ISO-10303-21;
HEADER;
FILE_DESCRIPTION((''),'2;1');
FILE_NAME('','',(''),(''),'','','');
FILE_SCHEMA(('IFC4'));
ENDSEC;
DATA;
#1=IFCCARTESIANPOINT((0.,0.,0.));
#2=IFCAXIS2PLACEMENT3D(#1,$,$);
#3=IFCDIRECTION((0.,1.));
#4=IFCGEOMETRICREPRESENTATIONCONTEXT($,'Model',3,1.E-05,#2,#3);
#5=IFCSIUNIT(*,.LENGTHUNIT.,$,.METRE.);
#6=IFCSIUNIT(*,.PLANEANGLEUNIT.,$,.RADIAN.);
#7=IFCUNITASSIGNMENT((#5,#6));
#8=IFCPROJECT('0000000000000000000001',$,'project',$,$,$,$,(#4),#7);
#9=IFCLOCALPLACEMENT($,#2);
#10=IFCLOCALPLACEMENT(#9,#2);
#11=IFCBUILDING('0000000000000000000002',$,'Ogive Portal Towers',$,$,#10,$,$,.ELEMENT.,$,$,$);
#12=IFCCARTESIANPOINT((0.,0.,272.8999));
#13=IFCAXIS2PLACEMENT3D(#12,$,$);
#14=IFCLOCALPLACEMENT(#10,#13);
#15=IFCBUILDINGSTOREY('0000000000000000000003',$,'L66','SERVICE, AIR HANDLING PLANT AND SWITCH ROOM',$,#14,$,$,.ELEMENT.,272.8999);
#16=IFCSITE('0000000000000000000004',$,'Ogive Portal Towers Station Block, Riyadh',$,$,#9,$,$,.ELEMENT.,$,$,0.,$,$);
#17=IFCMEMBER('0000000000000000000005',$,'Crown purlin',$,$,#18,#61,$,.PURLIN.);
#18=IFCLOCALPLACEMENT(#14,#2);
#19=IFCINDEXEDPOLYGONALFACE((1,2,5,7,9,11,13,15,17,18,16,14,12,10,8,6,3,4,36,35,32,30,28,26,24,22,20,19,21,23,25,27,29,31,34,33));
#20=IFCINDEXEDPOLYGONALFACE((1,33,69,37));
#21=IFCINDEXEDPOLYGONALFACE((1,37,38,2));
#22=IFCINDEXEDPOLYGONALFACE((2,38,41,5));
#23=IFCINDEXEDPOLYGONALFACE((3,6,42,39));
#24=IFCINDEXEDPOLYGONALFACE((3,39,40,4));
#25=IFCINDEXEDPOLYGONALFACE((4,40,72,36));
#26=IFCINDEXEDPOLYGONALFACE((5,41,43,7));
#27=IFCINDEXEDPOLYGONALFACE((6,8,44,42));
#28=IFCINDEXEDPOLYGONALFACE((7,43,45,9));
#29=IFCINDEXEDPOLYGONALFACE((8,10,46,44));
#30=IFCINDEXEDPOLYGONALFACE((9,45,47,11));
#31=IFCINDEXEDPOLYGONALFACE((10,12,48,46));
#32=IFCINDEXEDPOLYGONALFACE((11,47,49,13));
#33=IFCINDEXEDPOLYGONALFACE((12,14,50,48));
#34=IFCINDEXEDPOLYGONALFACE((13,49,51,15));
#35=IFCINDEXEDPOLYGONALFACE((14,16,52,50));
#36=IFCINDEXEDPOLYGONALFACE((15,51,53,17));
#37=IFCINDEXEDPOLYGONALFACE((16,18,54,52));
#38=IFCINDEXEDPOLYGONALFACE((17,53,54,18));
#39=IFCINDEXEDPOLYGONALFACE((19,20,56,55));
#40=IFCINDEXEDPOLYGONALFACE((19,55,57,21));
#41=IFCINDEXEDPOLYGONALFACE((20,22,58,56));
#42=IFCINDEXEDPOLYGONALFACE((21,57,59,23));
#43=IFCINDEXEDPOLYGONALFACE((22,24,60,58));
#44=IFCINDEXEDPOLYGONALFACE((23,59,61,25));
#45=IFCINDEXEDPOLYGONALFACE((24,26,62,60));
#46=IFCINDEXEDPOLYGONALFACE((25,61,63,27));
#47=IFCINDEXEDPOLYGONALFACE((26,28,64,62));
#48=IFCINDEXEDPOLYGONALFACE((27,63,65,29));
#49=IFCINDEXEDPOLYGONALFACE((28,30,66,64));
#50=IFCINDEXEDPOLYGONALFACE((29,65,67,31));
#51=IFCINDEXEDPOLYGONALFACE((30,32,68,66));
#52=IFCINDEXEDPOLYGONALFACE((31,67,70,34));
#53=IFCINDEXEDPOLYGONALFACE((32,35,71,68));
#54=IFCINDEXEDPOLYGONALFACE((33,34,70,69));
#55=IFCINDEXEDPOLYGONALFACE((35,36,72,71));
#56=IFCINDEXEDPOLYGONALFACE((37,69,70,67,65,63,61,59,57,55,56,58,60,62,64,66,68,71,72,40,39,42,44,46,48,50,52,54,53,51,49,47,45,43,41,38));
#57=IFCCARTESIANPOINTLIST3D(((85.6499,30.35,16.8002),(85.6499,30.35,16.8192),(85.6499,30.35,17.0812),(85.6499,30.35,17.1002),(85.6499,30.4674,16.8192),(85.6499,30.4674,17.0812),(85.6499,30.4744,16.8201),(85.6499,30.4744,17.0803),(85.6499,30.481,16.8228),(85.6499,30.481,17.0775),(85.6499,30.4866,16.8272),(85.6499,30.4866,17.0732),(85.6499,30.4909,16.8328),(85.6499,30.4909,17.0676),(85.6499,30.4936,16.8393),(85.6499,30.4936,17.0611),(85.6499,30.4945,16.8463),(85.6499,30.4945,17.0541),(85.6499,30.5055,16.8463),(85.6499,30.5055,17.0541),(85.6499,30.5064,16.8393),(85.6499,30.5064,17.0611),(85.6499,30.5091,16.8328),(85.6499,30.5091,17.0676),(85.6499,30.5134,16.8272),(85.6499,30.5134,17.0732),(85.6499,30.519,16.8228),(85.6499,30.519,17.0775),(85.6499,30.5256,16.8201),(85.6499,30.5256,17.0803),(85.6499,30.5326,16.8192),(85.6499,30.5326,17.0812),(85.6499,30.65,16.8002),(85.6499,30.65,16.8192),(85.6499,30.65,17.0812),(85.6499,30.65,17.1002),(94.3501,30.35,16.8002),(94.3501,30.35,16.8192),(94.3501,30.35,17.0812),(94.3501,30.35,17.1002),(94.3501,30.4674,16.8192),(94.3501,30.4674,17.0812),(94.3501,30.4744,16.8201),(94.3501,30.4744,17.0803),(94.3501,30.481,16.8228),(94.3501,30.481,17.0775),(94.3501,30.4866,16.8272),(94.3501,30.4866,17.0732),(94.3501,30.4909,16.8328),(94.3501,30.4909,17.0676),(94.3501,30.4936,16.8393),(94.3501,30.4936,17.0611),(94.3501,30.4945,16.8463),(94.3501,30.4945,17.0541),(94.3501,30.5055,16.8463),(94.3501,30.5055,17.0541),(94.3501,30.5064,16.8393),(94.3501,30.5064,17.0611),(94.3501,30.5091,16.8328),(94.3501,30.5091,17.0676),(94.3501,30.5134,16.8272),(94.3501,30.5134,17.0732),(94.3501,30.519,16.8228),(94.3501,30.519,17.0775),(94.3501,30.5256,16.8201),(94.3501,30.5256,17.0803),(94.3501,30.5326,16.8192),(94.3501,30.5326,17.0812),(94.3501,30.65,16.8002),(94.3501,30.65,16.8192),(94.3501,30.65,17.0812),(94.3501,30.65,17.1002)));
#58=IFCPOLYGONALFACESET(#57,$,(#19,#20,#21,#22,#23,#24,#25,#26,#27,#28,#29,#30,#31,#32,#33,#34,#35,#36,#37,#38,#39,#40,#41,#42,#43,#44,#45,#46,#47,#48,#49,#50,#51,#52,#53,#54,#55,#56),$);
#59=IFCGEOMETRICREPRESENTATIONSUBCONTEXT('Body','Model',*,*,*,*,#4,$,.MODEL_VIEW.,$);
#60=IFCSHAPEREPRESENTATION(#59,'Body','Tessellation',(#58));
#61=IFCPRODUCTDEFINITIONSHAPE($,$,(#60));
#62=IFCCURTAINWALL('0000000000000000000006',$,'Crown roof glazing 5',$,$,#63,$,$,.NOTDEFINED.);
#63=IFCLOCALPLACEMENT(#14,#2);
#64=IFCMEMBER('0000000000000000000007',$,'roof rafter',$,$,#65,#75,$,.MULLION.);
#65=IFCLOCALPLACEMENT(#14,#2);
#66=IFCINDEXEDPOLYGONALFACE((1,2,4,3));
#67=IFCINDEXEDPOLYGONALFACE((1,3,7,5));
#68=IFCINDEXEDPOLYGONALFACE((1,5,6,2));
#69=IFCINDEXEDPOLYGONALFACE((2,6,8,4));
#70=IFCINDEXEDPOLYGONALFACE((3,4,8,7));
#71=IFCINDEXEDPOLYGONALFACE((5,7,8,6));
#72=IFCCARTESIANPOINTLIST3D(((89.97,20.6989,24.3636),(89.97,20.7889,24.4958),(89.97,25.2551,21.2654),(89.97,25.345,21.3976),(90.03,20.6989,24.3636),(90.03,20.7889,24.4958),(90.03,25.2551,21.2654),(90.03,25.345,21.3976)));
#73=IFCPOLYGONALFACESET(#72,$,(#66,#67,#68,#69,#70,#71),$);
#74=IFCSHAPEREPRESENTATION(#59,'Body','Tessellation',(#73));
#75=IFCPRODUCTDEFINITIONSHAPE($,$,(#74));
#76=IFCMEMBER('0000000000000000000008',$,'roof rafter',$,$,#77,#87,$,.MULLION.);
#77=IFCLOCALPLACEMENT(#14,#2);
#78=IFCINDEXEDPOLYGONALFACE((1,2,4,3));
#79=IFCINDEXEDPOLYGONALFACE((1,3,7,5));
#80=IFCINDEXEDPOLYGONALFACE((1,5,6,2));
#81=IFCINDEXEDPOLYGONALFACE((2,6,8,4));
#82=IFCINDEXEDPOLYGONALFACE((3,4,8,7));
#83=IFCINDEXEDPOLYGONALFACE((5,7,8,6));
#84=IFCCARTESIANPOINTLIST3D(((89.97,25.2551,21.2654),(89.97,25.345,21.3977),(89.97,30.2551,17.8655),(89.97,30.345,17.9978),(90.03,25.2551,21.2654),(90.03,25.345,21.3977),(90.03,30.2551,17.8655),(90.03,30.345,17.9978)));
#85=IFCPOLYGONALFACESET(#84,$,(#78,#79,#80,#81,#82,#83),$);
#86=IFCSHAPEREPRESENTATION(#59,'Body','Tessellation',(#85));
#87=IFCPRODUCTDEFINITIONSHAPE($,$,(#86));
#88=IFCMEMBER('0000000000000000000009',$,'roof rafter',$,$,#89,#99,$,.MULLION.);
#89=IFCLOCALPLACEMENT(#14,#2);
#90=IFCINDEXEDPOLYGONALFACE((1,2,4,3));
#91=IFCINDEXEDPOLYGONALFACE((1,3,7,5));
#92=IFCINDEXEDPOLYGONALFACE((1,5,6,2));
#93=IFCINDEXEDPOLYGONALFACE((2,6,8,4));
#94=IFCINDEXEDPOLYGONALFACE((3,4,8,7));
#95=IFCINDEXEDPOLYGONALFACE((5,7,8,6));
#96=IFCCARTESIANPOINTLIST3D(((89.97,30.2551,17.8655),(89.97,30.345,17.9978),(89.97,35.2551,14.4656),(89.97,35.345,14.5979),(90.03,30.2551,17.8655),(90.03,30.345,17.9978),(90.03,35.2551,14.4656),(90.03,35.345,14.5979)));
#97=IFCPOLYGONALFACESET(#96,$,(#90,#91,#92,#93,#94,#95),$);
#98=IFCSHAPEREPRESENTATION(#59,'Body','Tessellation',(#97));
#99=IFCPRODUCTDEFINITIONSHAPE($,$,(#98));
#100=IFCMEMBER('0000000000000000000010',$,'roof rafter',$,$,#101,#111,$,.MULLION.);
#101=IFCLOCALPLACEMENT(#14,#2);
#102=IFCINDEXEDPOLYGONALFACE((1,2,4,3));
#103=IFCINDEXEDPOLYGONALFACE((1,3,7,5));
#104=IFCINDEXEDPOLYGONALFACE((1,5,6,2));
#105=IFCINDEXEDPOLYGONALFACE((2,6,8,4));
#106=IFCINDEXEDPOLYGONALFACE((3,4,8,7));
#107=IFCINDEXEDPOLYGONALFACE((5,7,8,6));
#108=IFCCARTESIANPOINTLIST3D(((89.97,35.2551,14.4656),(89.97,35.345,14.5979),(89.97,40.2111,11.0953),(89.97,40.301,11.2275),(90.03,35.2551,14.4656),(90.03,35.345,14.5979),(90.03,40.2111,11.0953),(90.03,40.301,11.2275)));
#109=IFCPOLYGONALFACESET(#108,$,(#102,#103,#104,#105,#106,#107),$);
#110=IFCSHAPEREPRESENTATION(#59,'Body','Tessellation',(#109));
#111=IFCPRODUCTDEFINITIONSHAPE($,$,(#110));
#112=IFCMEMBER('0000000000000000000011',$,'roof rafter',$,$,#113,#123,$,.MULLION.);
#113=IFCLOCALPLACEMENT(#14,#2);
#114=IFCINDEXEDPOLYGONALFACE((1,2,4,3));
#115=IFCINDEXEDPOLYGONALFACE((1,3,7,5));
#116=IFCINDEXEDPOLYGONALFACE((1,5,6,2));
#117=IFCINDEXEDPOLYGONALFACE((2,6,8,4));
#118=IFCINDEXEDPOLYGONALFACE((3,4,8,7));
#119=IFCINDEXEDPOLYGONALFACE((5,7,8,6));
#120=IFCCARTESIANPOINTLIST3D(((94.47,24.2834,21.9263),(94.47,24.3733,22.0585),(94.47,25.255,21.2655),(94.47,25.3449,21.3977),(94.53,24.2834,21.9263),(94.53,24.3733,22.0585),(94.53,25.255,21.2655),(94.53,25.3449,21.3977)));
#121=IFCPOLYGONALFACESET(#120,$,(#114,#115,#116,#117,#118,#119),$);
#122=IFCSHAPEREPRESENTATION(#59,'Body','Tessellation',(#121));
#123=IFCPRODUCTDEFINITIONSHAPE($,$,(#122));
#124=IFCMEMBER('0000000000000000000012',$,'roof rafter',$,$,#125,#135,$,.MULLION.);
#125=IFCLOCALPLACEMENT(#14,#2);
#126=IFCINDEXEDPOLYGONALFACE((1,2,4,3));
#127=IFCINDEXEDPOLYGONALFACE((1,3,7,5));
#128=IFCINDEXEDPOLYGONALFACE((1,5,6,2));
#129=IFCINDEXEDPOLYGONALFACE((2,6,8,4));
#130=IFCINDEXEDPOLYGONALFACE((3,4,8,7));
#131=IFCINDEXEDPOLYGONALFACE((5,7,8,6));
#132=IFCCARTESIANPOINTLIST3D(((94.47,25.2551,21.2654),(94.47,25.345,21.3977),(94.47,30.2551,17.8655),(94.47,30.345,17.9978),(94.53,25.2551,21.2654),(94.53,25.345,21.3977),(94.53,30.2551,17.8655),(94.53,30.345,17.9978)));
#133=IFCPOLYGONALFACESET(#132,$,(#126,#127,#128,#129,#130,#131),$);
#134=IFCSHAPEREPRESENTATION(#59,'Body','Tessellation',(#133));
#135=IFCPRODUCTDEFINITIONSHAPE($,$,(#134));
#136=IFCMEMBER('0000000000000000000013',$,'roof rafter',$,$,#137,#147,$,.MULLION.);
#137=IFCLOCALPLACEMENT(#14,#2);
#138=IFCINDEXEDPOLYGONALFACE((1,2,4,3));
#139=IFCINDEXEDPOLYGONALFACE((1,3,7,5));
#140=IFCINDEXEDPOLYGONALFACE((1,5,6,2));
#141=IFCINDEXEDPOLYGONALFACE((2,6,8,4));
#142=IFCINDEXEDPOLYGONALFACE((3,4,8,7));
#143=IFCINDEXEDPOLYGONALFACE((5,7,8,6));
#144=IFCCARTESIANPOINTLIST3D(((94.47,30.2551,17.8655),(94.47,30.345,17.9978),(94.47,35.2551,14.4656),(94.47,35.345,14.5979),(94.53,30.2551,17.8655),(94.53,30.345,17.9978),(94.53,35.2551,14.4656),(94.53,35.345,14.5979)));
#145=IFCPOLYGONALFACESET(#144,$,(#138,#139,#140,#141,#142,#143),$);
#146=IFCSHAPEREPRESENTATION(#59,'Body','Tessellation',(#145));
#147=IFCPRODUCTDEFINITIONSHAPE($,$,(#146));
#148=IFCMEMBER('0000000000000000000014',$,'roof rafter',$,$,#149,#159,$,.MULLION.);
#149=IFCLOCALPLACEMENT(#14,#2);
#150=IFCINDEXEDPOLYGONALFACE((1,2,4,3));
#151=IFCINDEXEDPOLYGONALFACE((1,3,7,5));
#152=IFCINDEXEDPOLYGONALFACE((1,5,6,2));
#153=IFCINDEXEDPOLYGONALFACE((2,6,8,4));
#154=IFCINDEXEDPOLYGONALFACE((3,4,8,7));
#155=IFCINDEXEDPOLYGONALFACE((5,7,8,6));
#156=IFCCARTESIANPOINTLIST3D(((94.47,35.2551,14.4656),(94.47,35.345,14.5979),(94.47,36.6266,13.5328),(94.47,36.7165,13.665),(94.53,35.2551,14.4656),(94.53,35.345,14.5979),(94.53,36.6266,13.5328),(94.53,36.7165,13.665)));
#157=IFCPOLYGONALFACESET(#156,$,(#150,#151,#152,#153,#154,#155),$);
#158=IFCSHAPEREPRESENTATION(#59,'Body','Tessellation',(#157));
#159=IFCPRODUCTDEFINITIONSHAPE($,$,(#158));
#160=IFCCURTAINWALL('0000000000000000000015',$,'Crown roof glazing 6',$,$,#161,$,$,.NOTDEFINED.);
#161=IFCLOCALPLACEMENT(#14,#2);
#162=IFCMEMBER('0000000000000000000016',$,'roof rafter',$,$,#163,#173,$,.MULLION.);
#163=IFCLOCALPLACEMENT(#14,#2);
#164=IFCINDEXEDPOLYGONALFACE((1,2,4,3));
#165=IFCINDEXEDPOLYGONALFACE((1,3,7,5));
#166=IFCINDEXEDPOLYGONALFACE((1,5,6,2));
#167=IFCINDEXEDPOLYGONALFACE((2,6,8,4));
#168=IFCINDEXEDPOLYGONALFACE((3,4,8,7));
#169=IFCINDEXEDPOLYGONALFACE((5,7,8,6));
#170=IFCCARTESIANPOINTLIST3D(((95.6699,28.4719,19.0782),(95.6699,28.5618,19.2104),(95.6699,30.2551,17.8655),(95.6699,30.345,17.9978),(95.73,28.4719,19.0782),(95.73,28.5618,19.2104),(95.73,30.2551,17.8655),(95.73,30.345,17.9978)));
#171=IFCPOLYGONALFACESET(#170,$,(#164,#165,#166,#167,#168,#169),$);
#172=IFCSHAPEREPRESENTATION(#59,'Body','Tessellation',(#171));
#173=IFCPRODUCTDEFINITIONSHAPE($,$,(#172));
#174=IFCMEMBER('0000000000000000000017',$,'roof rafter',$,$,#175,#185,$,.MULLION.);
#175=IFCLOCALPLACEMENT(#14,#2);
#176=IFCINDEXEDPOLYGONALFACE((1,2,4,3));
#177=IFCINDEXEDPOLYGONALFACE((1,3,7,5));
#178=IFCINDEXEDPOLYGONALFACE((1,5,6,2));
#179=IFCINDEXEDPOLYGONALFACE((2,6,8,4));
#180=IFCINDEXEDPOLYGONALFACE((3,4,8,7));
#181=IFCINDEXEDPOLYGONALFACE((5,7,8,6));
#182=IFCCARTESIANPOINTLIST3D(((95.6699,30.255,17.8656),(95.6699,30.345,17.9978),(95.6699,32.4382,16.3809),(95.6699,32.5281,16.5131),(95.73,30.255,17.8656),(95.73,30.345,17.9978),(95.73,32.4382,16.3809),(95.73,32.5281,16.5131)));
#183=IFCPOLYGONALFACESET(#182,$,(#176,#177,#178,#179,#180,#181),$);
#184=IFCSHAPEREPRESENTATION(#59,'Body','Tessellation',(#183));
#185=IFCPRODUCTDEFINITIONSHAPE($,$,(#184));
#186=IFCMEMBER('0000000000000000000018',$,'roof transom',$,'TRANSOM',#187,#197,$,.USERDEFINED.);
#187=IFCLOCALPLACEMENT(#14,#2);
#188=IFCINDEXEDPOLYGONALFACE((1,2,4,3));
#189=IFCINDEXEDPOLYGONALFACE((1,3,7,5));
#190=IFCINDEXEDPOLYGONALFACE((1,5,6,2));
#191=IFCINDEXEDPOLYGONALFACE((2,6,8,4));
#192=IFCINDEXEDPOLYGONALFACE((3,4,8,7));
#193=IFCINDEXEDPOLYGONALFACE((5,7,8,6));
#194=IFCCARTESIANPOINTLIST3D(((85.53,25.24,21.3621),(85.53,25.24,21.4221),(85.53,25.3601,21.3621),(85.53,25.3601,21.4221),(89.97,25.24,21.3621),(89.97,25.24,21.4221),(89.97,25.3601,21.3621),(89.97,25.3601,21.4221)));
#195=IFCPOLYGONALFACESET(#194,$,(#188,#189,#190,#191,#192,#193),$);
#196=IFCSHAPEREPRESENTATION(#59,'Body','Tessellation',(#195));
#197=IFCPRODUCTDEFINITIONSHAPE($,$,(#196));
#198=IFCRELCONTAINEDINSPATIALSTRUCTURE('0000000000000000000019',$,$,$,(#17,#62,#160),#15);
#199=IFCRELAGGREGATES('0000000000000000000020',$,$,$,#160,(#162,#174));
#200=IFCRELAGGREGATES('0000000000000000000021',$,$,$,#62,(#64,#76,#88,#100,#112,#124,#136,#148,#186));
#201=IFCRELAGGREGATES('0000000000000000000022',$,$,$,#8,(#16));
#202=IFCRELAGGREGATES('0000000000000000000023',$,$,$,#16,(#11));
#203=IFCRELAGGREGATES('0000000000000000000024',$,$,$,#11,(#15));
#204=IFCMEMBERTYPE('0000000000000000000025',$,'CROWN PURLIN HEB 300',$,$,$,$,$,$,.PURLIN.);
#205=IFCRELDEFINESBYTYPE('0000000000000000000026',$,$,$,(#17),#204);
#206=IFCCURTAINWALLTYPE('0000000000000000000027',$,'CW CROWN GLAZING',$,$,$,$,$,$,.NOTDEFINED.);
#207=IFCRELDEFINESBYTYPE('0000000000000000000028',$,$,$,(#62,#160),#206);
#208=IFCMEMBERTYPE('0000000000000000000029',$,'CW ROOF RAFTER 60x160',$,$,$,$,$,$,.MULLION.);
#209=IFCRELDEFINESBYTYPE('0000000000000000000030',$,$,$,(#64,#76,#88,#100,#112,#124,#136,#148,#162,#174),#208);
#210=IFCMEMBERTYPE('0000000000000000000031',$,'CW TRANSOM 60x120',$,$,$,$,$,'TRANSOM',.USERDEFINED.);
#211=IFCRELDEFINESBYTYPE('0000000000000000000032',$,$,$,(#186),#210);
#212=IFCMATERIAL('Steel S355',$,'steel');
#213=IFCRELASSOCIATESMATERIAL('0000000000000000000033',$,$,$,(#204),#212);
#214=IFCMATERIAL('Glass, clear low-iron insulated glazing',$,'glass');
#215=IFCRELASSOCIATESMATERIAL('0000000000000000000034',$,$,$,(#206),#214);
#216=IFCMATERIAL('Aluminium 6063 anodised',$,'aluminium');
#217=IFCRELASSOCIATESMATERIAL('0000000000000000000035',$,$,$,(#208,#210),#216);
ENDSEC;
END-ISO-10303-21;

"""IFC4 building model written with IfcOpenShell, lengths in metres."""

from ifc_helpers import new_model, si_unit, direction, frame, origin, origin_2d, place, context, subcontext, project, spatial, rectangle, i_section, extrude, material, material_profile, profile_set, type_object, element, aggregate, save


model = new_model("IFC4")

# Units and contexts
model_context = context("Model", 3, precision=1e-05, world=origin(), true_north=direction((0.0, 1.0)))
body_context = subcontext(model_context, "Body", "Model", "MODEL_VIEW")
ifc_project = project(units=[si_unit("LENGTHUNIT", "METRE"), si_unit("PLANEANGLEUNIT", "RADIAN")], contexts=[model_context])

# Site, building, storey
site_placement = place(None, origin())
site = spatial("IfcSite", under=ifc_project, at=site_placement, Name="Ogive Portal Towers Station Block, Riyadh", CompositionType="ELEMENT", RefElevation=0.0)
building_placement = place(site_placement, origin())
building = spatial("IfcBuilding", under=site, at=building_placement, Name="Ogive Portal Towers", CompositionType="ELEMENT")
storey_placement = place(building_placement, frame((0.0, 0.0, 272.8999)))
storey = spatial("IfcBuildingStorey", under=building, at=storey_placement, Name="L66", Description="SERVICE, AIR HANDLING PLANT AND SWITCH ROOM", CompositionType="ELEMENT", Elevation=272.8999)

# Member
ifc_material_1 = material(Name="Steel S355", Category="steel")
ifc_material_profile_1 = material_profile(ifc_material_1, i_section(OverallWidth=0.3, OverallDepth=0.3, WebThickness=0.011, FlangeThickness=0.019, FilletRadius=0.0271, at=origin_2d()), Name="HEB 300")
ifc_profile_set_1 = profile_set([ifc_material_profile_1], Name="Steel S355")
member_type_1 = type_object("IfcMemberType", Name="CROWN PURLIN HEB 300", PredefinedType="PURLIN", material=ifc_profile_set_1)
member_1_placement = place(storey_placement, frame((85.6499, 30.5, 16.9502), z_axis=(1.0, 0.0, 0.0), x_axis=(0.0, 1.0, 0.0)))
element("IfcMember", 1, at=member_1_placement, inside=storey, type_object=member_type_1, Name="Crown purlin", PredefinedType="PURLIN", context=body_context, shape_type="SweptSolid", body=[
    extrude(i_section(OverallWidth=0.3, OverallDepth=0.3, WebThickness=0.011, FlangeThickness=0.019, FilletRadius=0.0271, at=origin_2d()), origin(), (0.0, 0.0, 1.0), 8.7002),
])

# Curtain walls, members
ifc_material_2 = material(Name="Glass, clear low-iron insulated glazing", Category="glass")
curtain_wall_type = type_object("IfcCurtainWallType", Name="CW CROWN GLAZING", PredefinedType="NOTDEFINED", material=ifc_material_2)
curtain_wall_1_placement = place(storey_placement, origin())
curtain_wall_1 = element("IfcCurtainWall", 2, at=curtain_wall_1_placement, inside=storey, type_object=curtain_wall_type, Name="Crown roof glazing 5", PredefinedType="NOTDEFINED")
ifc_material_3 = material(Name="Aluminium 6063 anodised", Category="aluminium")
ifc_material_profile_2 = material_profile(ifc_material_3, rectangle(XDim=0.0601, YDim=0.1599, at=origin_2d()), Name="AL 60x160 rafter")
ifc_profile_set_2 = profile_set([ifc_material_profile_2], Name="Aluminium 6063 anodised")
member_type_2 = type_object("IfcMemberType", Name="CW ROOF RAFTER 60x160", PredefinedType="MULLION", material=ifc_profile_set_2)
member_2_placement = place(storey_placement, frame((90.0, 20.7439, 24.4297), z_axis=(0.0, 0.82693, -0.562305), x_axis=(-1.0, 0.0, 0.0)))
member_2 = element("IfcMember", 3, at=member_2_placement, type_object=member_type_2, Name="roof rafter", PredefinedType="MULLION", context=body_context, shape_type="SweptSolid", body=[
    extrude(rectangle(XDim=0.0601, YDim=0.1599, at=origin_2d()), origin(), (0.0, 0.0, 1.0), 5.5098),
])
member_3_placement = place(storey_placement, frame((90.0, 25.3, 21.3315), z_axis=(0.0, 0.826934, -0.562299), x_axis=(-1.0, 0.0, 0.0)))
member_3 = element("IfcMember", 4, at=member_3_placement, type_object=member_type_2, Name="roof rafter", PredefinedType="MULLION", context=body_context, shape_type="SweptSolid", body=[
    extrude(rectangle(XDim=0.0601, YDim=0.1599, at=origin_2d()), origin(), (0.0, 0.0, 1.0), 6.0464),
])
member_4_placement = place(storey_placement, frame((90.0, 30.3, 17.9316), z_axis=(0.0, 0.826934, -0.562299), x_axis=(-1.0, 0.0, 0.0)))
member_4 = element("IfcMember", 5, at=member_4_placement, type_object=member_type_2, Name="roof rafter", PredefinedType="MULLION", context=body_context, shape_type="SweptSolid", body=[
    extrude(rectangle(XDim=0.0601, YDim=0.1599, at=origin_2d()), origin(), (0.0, 0.0, 1.0), 6.0464),
])
member_5_placement = place(storey_placement, frame((90.0, 35.3, 14.5317), z_axis=(0.0, 0.826908, -0.562338), x_axis=(-1.0, 0.0, 0.0)))
member_5 = element("IfcMember", 6, at=member_5_placement, type_object=member_type_2, Name="roof rafter", PredefinedType="MULLION", context=body_context, shape_type="SweptSolid", body=[
    extrude(rectangle(XDim=0.0601, YDim=0.1599, at=origin_2d()), origin(), (0.0, 0.0, 1.0), 5.9934),
])
member_6_placement = place(storey_placement, frame((94.5, 24.3284, 21.9924), z_axis=(0.0, 0.826869, -0.562395), x_axis=(-1.0, 0.0, 0.0)))
member_6 = element("IfcMember", 7, at=member_6_placement, type_object=member_type_2, Name="roof rafter", PredefinedType="MULLION", context=body_context, shape_type="SweptSolid", body=[
    extrude(rectangle(XDim=0.0601, YDim=0.1599, at=origin_2d()), origin(), (0.0, 0.0, 1.0), 1.175),
])
member_7_placement = place(storey_placement, frame((94.5, 25.3, 21.3315), z_axis=(0.0, 0.826934, -0.562299), x_axis=(-1.0, 0.0, 0.0)))
member_7 = element("IfcMember", 8, at=member_7_placement, type_object=member_type_2, Name="roof rafter", PredefinedType="MULLION", context=body_context, shape_type="SweptSolid", body=[
    extrude(rectangle(XDim=0.0601, YDim=0.1599, at=origin_2d()), origin(), (0.0, 0.0, 1.0), 6.0464),
])
member_8_placement = place(storey_placement, frame((94.5, 30.3, 17.9316), z_axis=(0.0, 0.826934, -0.562299), x_axis=(-1.0, 0.0, 0.0)))
member_8 = element("IfcMember", 9, at=member_8_placement, type_object=member_type_2, Name="roof rafter", PredefinedType="MULLION", context=body_context, shape_type="SweptSolid", body=[
    extrude(rectangle(XDim=0.0601, YDim=0.1599, at=origin_2d()), origin(), (0.0, 0.0, 1.0), 6.0464),
])
member_9_placement = place(storey_placement, frame((94.5, 35.3, 14.5317), z_axis=(0.0, 0.826874, -0.562387), x_axis=(-1.0, 0.0, 0.0)))
member_9 = element("IfcMember", 10, at=member_9_placement, type_object=member_type_2, Name="roof rafter", PredefinedType="MULLION", context=body_context, shape_type="SweptSolid", body=[
    extrude(rectangle(XDim=0.0601, YDim=0.1599, at=origin_2d()), origin(), (0.0, 0.0, 1.0), 1.6587),
])
curtain_wall_2_placement = place(storey_placement, origin())
curtain_wall_2 = element("IfcCurtainWall", 11, at=curtain_wall_2_placement, inside=storey, type_object=curtain_wall_type, Name="Crown roof glazing 6", PredefinedType="NOTDEFINED")
member_10_placement = place(storey_placement, frame((95.7, 30.3, 17.9316), z_axis=(0.0, -0.826912, 0.562332), x_axis=(1.0, 0.0, 0.0)))
member_10 = element("IfcMember", 12, at=member_10_placement, type_object=member_type_2, Name="roof rafter", PredefinedType="MULLION", context=body_context, shape_type="SweptSolid", body=[
    extrude(rectangle(XDim=0.0601, YDim=0.1599, at=origin_2d()), origin(), (0.0, 0.0, 1.0), 2.1565),
])
member_11_placement = place(storey_placement, frame((95.7, 32.4832, 16.447), z_axis=(0.0, -0.826908, 0.562338), x_axis=(1.0, 0.0, 0.0)))
member_11 = element("IfcMember", 13, at=member_11_placement, type_object=member_type_2, Name="roof rafter", PredefinedType="MULLION", context=body_context, shape_type="SweptSolid", body=[
    extrude(rectangle(XDim=0.0601, YDim=0.1599, at=origin_2d()), origin(), (0.0, 0.0, 1.0), 2.6401),
])

# Member
ifc_material_profile_3 = material_profile(ifc_material_3, rectangle(XDim=0.1201, YDim=0.0601, at=origin_2d()), Name="AL 120x60")
ifc_profile_set_3 = profile_set([ifc_material_profile_3], Name="Aluminium 6063 anodised")
member_type_3 = type_object("IfcMemberType", Name="CW TRANSOM 60x120", ElementType="TRANSOM", PredefinedType="USERDEFINED", material=ifc_profile_set_3)
member_12_placement = place(storey_placement, frame((85.53, 25.3, 21.3921), z_axis=(1.0, 0.0, 0.0), x_axis=(0.0, 1.0, 0.0)))
member_12 = element("IfcMember", 14, at=member_12_placement, type_object=member_type_3, Name="roof transom", ObjectType="TRANSOM", PredefinedType="USERDEFINED", context=body_context, shape_type="SweptSolid", body=[
    extrude(rectangle(XDim=0.1201, YDim=0.0601, at=origin_2d()), origin(), (0.0, 0.0, 1.0), 4.4399),
])
aggregate(curtain_wall_2, [member_10, member_11])

aggregate(curtain_wall_1, [member_2, member_3, member_4, member_5, member_6, member_7, member_8, member_9, member_12])

save(model, "model.ifc")
